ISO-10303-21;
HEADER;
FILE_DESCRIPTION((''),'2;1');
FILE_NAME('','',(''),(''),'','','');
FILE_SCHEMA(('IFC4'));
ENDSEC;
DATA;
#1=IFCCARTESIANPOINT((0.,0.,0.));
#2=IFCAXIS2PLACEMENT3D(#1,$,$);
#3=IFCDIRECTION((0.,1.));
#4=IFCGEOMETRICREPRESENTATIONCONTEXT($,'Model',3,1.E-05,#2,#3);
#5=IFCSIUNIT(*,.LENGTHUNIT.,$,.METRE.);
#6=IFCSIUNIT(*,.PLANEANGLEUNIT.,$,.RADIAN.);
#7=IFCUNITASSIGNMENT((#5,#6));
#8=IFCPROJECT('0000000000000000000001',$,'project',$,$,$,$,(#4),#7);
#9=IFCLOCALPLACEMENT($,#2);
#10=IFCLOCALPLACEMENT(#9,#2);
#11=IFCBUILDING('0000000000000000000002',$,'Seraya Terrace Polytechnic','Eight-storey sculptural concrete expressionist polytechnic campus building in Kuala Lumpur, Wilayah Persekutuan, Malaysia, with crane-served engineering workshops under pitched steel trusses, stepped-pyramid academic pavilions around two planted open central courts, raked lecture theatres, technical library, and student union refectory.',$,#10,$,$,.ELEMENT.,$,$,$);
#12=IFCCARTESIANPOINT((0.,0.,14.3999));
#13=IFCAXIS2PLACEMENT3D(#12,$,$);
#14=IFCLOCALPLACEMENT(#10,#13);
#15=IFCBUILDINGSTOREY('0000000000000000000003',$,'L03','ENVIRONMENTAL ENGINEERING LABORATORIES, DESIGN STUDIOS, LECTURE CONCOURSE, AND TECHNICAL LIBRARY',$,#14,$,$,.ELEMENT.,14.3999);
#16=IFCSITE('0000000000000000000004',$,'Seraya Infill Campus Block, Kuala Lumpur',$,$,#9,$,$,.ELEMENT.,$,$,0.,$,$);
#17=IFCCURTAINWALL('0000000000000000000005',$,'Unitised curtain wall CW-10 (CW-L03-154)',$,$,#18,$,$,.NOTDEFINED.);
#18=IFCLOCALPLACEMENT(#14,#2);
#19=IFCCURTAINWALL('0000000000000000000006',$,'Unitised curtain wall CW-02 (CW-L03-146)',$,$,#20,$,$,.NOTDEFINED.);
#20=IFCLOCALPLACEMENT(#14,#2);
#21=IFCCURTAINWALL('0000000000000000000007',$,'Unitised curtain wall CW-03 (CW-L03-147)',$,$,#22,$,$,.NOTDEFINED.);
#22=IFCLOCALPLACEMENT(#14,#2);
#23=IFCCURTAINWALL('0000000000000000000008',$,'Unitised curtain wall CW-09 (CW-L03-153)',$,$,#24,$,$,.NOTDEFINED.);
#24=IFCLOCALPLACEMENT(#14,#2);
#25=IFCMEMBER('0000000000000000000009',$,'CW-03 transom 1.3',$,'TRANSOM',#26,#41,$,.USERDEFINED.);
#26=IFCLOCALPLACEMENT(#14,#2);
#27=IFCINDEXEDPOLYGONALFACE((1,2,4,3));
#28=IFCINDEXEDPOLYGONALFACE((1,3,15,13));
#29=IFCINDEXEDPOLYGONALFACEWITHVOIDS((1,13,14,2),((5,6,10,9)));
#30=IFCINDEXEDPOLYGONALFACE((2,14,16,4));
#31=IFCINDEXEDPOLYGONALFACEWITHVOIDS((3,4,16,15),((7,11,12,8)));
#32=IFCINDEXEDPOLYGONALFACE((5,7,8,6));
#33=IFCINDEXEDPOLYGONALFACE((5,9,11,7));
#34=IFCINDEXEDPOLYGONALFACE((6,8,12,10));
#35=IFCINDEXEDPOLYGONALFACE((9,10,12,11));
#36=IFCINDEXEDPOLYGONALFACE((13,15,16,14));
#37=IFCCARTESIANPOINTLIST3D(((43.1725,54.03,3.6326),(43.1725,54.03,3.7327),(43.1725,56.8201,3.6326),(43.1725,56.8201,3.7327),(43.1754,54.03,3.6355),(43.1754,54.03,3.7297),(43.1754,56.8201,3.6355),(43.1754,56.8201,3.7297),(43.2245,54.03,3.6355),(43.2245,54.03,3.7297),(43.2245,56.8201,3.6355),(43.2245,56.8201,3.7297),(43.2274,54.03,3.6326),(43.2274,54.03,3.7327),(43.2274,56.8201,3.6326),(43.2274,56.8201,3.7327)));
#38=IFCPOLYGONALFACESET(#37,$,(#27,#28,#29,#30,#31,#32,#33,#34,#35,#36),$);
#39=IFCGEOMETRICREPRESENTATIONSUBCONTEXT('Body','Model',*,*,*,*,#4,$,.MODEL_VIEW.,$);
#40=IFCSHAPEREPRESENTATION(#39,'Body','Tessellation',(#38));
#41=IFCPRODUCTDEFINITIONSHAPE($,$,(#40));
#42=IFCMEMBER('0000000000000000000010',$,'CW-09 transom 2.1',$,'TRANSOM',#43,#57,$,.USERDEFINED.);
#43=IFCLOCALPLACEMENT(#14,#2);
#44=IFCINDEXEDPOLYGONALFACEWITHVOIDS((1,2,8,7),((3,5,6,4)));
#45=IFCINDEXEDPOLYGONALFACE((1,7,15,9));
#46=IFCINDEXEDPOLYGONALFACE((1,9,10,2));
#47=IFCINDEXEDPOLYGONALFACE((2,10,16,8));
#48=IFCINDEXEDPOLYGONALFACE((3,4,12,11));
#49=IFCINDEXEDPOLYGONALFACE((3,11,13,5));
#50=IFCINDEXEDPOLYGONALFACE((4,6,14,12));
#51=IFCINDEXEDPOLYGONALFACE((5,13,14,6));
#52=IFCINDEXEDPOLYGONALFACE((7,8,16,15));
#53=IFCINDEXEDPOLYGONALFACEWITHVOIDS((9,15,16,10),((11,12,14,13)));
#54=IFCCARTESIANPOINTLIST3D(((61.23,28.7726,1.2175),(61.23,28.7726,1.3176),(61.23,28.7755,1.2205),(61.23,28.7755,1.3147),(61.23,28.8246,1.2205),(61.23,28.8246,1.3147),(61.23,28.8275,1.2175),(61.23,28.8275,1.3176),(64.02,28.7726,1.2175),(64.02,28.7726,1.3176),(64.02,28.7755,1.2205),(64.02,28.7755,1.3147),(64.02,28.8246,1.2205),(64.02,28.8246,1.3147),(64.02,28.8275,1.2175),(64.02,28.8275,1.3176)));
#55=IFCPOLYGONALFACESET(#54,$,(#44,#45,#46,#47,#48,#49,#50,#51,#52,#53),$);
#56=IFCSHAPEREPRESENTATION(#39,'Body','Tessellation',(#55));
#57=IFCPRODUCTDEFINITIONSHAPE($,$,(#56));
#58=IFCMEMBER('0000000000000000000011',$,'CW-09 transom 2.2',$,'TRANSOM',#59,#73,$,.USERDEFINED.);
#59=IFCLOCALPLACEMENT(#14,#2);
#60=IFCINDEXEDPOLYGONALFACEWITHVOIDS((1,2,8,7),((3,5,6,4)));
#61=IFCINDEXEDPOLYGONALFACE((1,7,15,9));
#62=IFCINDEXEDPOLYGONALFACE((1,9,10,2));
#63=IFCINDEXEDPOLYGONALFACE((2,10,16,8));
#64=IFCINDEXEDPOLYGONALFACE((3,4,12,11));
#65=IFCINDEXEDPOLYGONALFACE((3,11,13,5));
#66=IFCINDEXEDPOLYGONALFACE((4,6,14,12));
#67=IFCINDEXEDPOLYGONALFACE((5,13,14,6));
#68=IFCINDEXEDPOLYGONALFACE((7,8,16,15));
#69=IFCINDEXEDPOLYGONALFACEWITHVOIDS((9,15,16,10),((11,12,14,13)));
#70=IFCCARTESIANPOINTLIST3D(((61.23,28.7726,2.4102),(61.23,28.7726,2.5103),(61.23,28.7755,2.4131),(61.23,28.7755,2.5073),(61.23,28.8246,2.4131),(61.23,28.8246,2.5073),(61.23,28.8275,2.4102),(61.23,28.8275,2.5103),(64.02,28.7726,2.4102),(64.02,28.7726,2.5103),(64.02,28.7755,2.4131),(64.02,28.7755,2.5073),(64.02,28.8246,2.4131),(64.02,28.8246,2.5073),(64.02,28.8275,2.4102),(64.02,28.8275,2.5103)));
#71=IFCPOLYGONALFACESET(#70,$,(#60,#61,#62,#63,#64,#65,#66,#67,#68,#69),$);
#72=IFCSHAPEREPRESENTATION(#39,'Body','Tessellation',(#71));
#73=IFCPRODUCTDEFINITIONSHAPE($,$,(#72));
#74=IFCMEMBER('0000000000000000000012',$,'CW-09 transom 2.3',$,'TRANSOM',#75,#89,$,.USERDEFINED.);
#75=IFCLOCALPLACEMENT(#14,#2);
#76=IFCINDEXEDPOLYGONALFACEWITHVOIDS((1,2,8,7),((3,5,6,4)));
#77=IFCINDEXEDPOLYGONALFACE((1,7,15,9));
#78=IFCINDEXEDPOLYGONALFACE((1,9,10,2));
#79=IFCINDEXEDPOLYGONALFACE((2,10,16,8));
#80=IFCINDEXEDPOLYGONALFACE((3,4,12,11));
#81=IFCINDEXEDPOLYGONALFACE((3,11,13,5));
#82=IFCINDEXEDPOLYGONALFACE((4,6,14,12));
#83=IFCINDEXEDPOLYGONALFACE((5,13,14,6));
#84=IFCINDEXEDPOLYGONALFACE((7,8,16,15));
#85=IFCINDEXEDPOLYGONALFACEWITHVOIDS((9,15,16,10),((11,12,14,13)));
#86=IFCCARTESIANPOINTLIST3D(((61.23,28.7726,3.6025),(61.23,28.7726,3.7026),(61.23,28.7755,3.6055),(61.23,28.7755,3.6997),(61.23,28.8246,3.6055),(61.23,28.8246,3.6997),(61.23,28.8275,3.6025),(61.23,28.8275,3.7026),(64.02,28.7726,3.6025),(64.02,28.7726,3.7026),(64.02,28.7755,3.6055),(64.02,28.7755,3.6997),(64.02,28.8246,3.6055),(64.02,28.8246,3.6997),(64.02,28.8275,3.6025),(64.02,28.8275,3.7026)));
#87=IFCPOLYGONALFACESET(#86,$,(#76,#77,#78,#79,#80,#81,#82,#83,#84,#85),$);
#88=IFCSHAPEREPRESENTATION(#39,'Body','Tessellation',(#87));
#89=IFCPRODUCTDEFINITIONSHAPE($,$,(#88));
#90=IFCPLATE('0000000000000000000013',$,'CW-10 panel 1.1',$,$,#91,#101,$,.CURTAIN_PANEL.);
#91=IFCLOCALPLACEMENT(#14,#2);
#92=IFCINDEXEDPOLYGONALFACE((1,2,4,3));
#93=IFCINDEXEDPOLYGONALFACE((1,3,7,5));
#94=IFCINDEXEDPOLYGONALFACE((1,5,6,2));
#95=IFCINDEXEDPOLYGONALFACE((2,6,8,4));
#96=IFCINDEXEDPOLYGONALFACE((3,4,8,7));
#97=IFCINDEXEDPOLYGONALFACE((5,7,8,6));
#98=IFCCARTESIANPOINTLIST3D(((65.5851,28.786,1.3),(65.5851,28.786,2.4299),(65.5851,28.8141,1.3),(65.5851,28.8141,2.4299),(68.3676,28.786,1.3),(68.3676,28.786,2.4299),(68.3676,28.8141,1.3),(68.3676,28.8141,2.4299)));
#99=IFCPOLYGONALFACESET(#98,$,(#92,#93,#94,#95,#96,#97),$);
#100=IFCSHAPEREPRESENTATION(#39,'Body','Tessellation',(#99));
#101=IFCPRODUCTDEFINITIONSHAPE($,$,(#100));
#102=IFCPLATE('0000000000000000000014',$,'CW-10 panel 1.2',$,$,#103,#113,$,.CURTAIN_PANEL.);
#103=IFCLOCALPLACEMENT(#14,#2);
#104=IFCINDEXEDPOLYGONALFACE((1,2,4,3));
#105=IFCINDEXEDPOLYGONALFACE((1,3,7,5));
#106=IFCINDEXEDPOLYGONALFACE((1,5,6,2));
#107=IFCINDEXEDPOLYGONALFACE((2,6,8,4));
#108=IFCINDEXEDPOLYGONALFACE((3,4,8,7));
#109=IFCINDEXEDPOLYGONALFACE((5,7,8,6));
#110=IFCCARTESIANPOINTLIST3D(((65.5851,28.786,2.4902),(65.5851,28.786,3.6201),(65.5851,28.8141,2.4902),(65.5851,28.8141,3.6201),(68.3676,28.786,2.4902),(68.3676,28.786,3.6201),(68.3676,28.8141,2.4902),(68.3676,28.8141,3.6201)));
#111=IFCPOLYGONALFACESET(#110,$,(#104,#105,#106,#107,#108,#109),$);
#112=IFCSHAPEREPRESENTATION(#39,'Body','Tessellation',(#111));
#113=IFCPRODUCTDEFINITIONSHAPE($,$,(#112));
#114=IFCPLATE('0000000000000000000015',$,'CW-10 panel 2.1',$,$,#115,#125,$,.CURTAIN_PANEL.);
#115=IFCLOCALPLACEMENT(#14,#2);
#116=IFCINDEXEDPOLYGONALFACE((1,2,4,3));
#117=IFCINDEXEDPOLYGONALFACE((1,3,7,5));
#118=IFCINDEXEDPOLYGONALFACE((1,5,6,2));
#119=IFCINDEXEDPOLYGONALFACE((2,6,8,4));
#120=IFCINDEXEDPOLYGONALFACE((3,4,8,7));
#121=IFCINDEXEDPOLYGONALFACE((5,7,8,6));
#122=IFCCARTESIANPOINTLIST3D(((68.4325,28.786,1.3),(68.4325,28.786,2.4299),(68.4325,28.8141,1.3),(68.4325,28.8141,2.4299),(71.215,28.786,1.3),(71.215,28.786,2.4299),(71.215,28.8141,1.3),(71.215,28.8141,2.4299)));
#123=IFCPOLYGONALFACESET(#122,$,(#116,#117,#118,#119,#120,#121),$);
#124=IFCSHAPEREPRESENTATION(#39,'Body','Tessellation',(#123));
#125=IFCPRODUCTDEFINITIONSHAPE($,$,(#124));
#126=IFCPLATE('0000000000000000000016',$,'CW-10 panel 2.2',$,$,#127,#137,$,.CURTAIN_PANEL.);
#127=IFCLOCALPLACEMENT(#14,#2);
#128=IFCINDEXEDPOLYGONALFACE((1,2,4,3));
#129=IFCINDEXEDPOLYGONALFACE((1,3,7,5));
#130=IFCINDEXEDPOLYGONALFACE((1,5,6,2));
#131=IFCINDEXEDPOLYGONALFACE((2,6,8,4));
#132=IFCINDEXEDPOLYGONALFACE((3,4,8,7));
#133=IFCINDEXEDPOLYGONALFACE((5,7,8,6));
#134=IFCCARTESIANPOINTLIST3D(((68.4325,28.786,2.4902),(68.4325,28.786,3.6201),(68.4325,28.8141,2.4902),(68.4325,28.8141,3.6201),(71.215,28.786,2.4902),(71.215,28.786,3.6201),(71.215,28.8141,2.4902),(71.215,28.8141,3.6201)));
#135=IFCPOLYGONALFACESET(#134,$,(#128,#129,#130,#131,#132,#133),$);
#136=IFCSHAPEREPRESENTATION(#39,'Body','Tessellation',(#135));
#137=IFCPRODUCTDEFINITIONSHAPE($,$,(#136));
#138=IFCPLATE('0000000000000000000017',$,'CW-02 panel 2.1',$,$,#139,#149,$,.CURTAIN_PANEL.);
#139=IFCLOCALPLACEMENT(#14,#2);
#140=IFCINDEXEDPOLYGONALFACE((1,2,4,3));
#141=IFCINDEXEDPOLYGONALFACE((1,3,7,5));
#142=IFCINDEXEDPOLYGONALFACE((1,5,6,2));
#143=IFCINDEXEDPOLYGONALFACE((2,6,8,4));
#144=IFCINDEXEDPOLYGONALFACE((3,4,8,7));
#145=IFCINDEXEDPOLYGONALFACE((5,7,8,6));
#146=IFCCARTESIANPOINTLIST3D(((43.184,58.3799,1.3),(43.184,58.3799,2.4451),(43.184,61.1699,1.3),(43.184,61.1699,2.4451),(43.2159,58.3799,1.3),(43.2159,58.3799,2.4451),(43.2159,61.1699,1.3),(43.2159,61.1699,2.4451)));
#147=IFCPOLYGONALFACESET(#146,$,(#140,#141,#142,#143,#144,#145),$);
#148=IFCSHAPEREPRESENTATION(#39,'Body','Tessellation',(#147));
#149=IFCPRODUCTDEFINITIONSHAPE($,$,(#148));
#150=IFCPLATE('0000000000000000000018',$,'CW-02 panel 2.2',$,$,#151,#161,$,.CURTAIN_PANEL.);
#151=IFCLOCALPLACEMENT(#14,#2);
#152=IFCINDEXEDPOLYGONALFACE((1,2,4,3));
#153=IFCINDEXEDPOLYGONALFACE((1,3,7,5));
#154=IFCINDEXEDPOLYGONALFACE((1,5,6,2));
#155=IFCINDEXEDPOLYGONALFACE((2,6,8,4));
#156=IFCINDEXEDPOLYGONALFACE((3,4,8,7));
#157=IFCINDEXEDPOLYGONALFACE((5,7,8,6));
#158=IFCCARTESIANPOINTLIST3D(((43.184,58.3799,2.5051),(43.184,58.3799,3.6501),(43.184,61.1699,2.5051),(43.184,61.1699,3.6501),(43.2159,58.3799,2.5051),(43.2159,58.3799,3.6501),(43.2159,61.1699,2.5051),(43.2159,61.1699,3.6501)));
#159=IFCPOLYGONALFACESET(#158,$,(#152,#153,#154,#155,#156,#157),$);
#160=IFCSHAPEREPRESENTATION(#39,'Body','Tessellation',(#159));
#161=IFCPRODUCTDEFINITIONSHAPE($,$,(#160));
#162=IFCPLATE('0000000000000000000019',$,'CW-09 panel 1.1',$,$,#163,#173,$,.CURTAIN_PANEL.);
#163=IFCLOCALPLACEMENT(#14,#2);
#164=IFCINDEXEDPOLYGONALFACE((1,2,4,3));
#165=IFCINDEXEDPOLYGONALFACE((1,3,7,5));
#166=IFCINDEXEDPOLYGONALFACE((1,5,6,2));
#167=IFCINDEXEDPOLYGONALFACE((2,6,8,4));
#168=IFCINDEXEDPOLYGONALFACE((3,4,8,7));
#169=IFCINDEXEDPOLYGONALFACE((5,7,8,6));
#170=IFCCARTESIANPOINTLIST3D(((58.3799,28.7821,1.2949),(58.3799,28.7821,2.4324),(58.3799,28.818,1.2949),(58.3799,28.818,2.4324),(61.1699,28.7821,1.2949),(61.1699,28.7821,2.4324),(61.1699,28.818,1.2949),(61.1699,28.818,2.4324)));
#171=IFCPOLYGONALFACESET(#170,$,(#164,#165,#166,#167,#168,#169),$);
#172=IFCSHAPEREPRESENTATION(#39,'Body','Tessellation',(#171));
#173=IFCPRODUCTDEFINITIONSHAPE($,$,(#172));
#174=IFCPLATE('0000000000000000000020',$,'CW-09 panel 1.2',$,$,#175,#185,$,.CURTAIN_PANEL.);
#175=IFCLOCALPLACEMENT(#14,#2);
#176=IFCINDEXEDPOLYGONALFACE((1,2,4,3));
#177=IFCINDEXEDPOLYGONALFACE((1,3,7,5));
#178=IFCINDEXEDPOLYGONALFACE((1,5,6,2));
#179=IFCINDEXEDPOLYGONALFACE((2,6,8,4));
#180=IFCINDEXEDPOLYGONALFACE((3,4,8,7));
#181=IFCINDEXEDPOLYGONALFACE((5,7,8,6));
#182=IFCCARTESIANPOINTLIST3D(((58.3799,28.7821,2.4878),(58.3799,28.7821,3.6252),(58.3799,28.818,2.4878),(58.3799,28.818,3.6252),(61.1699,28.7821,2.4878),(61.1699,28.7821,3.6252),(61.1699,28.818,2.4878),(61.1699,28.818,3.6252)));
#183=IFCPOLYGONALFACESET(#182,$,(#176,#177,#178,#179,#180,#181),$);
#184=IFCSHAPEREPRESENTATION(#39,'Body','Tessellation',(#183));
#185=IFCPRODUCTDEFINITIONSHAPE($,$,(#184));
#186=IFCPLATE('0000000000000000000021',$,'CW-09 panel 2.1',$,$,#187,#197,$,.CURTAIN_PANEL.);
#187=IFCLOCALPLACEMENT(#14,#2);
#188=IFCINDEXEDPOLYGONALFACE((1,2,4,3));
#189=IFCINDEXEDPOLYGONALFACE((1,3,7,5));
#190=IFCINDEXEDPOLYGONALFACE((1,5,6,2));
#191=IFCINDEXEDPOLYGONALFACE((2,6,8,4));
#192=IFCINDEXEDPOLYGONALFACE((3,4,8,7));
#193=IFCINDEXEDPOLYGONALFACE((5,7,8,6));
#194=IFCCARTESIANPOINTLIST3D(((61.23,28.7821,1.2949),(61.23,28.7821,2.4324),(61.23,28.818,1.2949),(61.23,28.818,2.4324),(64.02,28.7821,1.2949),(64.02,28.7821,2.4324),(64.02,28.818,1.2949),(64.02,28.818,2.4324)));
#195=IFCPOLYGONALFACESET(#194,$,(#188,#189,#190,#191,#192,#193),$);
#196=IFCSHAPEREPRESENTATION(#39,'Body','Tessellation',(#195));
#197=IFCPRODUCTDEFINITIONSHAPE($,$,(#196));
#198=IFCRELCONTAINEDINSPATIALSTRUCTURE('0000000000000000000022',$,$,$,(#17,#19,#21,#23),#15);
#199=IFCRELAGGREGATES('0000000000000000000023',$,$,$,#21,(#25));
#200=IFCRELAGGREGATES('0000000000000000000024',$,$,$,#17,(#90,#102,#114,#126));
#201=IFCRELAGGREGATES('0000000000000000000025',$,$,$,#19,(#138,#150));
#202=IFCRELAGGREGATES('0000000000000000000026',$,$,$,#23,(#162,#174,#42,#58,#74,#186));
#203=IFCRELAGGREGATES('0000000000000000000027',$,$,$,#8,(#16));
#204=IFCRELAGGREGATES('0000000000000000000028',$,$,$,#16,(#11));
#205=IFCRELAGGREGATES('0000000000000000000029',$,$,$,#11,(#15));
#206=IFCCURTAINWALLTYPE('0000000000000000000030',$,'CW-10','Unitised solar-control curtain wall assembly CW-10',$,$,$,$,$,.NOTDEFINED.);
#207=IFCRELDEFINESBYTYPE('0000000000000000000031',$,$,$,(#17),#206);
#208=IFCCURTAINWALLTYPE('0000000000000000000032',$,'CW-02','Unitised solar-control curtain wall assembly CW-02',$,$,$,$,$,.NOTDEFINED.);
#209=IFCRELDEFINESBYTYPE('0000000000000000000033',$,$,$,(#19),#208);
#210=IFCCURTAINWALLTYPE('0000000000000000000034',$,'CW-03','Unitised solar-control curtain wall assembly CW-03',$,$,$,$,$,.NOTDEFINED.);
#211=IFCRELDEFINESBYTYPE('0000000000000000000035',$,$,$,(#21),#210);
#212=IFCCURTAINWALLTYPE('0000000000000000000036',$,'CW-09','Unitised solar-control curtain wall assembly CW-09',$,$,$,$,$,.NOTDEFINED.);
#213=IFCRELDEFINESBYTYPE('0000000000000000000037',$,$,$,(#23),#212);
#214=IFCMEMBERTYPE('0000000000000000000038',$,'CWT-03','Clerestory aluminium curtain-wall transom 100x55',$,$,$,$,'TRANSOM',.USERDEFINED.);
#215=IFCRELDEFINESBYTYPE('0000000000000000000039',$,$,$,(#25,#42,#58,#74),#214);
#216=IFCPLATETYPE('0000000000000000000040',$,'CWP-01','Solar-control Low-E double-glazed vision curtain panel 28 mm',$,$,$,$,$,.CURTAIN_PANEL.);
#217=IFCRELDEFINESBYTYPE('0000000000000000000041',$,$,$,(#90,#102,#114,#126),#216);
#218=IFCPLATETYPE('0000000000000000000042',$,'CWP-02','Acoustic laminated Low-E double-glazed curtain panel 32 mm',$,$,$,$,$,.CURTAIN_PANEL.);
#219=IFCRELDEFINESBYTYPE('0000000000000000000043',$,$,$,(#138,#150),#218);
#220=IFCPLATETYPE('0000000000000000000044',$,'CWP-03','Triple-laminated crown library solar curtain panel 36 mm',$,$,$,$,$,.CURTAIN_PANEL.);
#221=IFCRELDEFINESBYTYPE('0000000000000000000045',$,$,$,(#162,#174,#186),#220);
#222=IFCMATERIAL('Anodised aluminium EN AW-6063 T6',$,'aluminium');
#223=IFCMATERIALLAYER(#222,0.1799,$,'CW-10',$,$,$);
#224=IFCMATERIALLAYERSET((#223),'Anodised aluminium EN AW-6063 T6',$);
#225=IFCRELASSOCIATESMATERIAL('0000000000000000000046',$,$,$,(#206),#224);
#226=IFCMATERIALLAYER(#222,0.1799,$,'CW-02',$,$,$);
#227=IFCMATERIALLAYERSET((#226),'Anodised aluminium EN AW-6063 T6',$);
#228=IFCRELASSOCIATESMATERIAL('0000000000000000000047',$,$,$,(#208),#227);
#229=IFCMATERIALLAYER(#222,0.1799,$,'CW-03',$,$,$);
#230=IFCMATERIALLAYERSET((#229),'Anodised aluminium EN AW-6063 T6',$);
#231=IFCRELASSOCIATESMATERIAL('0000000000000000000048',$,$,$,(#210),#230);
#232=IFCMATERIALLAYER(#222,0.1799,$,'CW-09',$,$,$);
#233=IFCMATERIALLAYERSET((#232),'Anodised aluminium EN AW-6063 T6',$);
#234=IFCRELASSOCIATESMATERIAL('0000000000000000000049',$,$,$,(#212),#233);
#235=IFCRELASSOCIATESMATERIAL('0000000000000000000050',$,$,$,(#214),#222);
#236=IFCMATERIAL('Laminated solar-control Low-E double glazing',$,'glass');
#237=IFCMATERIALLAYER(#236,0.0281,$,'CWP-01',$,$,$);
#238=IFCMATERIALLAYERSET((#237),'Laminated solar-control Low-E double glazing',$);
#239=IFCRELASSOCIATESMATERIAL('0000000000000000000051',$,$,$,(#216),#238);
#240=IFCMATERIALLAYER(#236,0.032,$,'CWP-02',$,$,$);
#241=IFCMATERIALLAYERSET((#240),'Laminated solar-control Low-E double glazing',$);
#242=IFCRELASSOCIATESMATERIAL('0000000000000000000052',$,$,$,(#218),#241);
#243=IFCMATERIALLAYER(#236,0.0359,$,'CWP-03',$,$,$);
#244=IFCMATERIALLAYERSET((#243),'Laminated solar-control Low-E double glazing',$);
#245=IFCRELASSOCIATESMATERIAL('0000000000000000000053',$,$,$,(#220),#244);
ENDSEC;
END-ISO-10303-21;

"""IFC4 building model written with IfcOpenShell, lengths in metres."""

from ifc_helpers import new_model, si_unit, direction, frame, origin, origin_2d, place, context, subcontext, project, spatial, rectangle, hollow_rectangle, extrude, material, layer, layer_set, material_profile, profile_set, type_object, element, aggregate, save


model = new_model("IFC4")

# Units and contexts
model_context = context("Model", 3, precision=1e-05, world=origin(), true_north=direction((0.0, 1.0)))
body_context = subcontext(model_context, "Body", "Model", "MODEL_VIEW")
ifc_project = project(units=[si_unit("LENGTHUNIT", "METRE"), si_unit("PLANEANGLEUNIT", "RADIAN")], contexts=[model_context])

# Site, building, storey
site_placement = place(None, origin())
site = spatial("IfcSite", under=ifc_project, at=site_placement, Name="Seraya Infill Campus Block, Kuala Lumpur", CompositionType="ELEMENT", RefElevation=0.0)
building_placement = place(site_placement, origin())
building = spatial("IfcBuilding", under=site, at=building_placement, Name="Seraya Terrace Polytechnic", Description="Eight-storey sculptural concrete expressionist polytechnic campus building in Kuala Lumpur, Wilayah Persekutuan, Malaysia, with crane-served engineering workshops under pitched steel trusses, stepped-pyramid academic pavilions around two planted open central courts, raked lecture theatres, technical library, and student union refectory.", CompositionType="ELEMENT")
storey_placement = place(building_placement, frame((0.0, 0.0, 14.3999)))
storey = spatial("IfcBuildingStorey", under=building, at=storey_placement, Name="L03", Description="ENVIRONMENTAL ENGINEERING LABORATORIES, DESIGN STUDIOS, LECTURE CONCOURSE, AND TECHNICAL LIBRARY", CompositionType="ELEMENT", Elevation=14.3999)

# Curtain wall
ifc_material_1 = material(Name="Anodised aluminium EN AW-6063 T6", Category="aluminium")
ifc_layer_1 = layer(ifc_material_1, 0.1799, Name="CW-10")
ifc_layer_set_1 = layer_set([ifc_layer_1], Name="Anodised aluminium EN AW-6063 T6")
curtain_wall_type_1 = type_object("IfcCurtainWallType", Name="CW-10", Description="Unitised solar-control curtain wall assembly CW-10", PredefinedType="NOTDEFINED", material=ifc_layer_set_1)
curtain_wall_1_placement = place(storey_placement, origin())
curtain_wall_1 = element("IfcCurtainWall", 1, at=curtain_wall_1_placement, inside=storey, type_object=curtain_wall_type_1, Name="Unitised curtain wall CW-10 (CW-L03-154)", PredefinedType="NOTDEFINED")

# Curtain walls
ifc_layer_2 = layer(ifc_material_1, 0.1799, Name="CW-02")
ifc_layer_set_2 = layer_set([ifc_layer_2], Name="Anodised aluminium EN AW-6063 T6")
curtain_wall_type_2 = type_object("IfcCurtainWallType", Name="CW-02", Description="Unitised solar-control curtain wall assembly CW-02", PredefinedType="NOTDEFINED", material=ifc_layer_set_2)
curtain_wall_2_placement = place(storey_placement, origin())
curtain_wall_2 = element("IfcCurtainWall", 2, at=curtain_wall_2_placement, inside=storey, type_object=curtain_wall_type_2, Name="Unitised curtain wall CW-02 (CW-L03-146)", PredefinedType="NOTDEFINED")
ifc_layer_3 = layer(ifc_material_1, 0.1799, Name="CW-03")
ifc_layer_set_3 = layer_set([ifc_layer_3], Name="Anodised aluminium EN AW-6063 T6")
curtain_wall_type_3 = type_object("IfcCurtainWallType", Name="CW-03", Description="Unitised solar-control curtain wall assembly CW-03", PredefinedType="NOTDEFINED", material=ifc_layer_set_3)
curtain_wall_3_placement = place(storey_placement, origin())
curtain_wall_3 = element("IfcCurtainWall", 3, at=curtain_wall_3_placement, inside=storey, type_object=curtain_wall_type_3, Name="Unitised curtain wall CW-03 (CW-L03-147)", PredefinedType="NOTDEFINED")

# Curtain wall
ifc_layer_4 = layer(ifc_material_1, 0.1799, Name="CW-09")
ifc_layer_set_4 = layer_set([ifc_layer_4], Name="Anodised aluminium EN AW-6063 T6")
curtain_wall_type_4 = type_object("IfcCurtainWallType", Name="CW-09", Description="Unitised solar-control curtain wall assembly CW-09", PredefinedType="NOTDEFINED", material=ifc_layer_set_4)
curtain_wall_4_placement = place(storey_placement, origin())
curtain_wall_4 = element("IfcCurtainWall", 4, at=curtain_wall_4_placement, inside=storey, type_object=curtain_wall_type_4, Name="Unitised curtain wall CW-09 (CW-L03-153)", PredefinedType="NOTDEFINED")

# Members
ifc_material_profile_1 = material_profile(ifc_material_1, hollow_rectangle(XDim=0.0549, YDim=0.1001, WallThickness=0.0029, at=origin_2d()), Name="RHS 100x55x3.0")
ifc_profile_set_1 = profile_set([ifc_material_profile_1], Name="Anodised aluminium EN AW-6063 T6")
member_type_1 = type_object("IfcMemberType", Name="CWT-03", Description="Clerestory aluminium curtain-wall transom 100x55", ElementType="TRANSOM", PredefinedType="USERDEFINED", material=ifc_profile_set_1)
member_1_placement = place(storey_placement, frame((43.2, 56.8201, 3.6826), z_axis=(0.0, -1.0, 0.0), x_axis=(1.0, 0.0, 0.0)))
member_1 = element("IfcMember", 5, at=member_1_placement, type_object=member_type_1, Name="CW-03 transom 1.3", ObjectType="TRANSOM", PredefinedType="USERDEFINED", context=body_context, shape_type="SweptSolid", body=[
    extrude(hollow_rectangle(XDim=0.0549, YDim=0.1001, WallThickness=0.0029, at=origin_2d()), origin(), (0.0, 0.0, 1.0), 2.79),
])
aggregate(curtain_wall_3, [member_1])
member_2_placement = place(storey_placement, frame((61.23, 28.8, 1.2676), z_axis=(1.0, 0.0, 0.0), x_axis=(0.0, 1.0, 0.0)))
member_2 = element("IfcMember", 6, at=member_2_placement, type_object=member_type_1, Name="CW-09 transom 2.1", ObjectType="TRANSOM", PredefinedType="USERDEFINED", context=body_context, shape_type="SweptSolid", body=[
    extrude(hollow_rectangle(XDim=0.0549, YDim=0.1001, WallThickness=0.0029, at=origin_2d()), origin(), (0.0, 0.0, 1.0), 2.79),
])
member_3_placement = place(storey_placement, frame((61.23, 28.8, 2.4602), z_axis=(1.0, 0.0, 0.0), x_axis=(0.0, 1.0, 0.0)))
member_3 = element("IfcMember", 7, at=member_3_placement, type_object=member_type_1, Name="CW-09 transom 2.2", ObjectType="TRANSOM", PredefinedType="USERDEFINED", context=body_context, shape_type="SweptSolid", body=[
    extrude(hollow_rectangle(XDim=0.0549, YDim=0.1001, WallThickness=0.0029, at=origin_2d()), origin(), (0.0, 0.0, 1.0), 2.79),
])
member_4_placement = place(storey_placement, frame((61.23, 28.8, 3.6526), z_axis=(1.0, 0.0, 0.0), x_axis=(0.0, 1.0, 0.0)))
member_4 = element("IfcMember", 8, at=member_4_placement, type_object=member_type_1, Name="CW-09 transom 2.3", ObjectType="TRANSOM", PredefinedType="USERDEFINED", context=body_context, shape_type="SweptSolid", body=[
    extrude(hollow_rectangle(XDim=0.0549, YDim=0.1001, WallThickness=0.0029, at=origin_2d()), origin(), (0.0, 0.0, 1.0), 2.79),
])

# Plates
ifc_material_2 = material(Name="Laminated solar-control Low-E double glazing", Category="glass")
ifc_layer_5 = layer(ifc_material_2, 0.0281, Name="CWP-01")
ifc_layer_set_5 = layer_set([ifc_layer_5], Name="Laminated solar-control Low-E double glazing")
plate_type_1 = type_object("IfcPlateType", Name="CWP-01", Description="Solar-control Low-E double-glazed vision curtain panel 28 mm", PredefinedType="CURTAIN_PANEL", material=ifc_layer_set_5)
plate_1_placement = place(storey_placement, frame((66.9763, 28.8, 1.3), z_axis=(0.0, 0.0, 1.0), x_axis=(1.0, 0.0, 0.0)))
plate_1 = element("IfcPlate", 9, at=plate_1_placement, type_object=plate_type_1, Name="CW-10 panel 1.1", PredefinedType="CURTAIN_PANEL", context=body_context, shape_type="SweptSolid", body=[
    extrude(rectangle(XDim=2.7825, YDim=0.0281, at=origin_2d()), origin(), (0.0, 0.0, 1.0), 1.1299),
])
plate_2_placement = place(storey_placement, frame((66.9763, 28.8, 2.4902), z_axis=(0.0, 0.0, 1.0), x_axis=(1.0, 0.0, 0.0)))
plate_2 = element("IfcPlate", 10, at=plate_2_placement, type_object=plate_type_1, Name="CW-10 panel 1.2", PredefinedType="CURTAIN_PANEL", context=body_context, shape_type="SweptSolid", body=[
    extrude(rectangle(XDim=2.7825, YDim=0.0281, at=origin_2d()), origin(), (0.0, 0.0, 1.0), 1.1299),
])
plate_3_placement = place(storey_placement, frame((69.8237, 28.8, 1.3), z_axis=(0.0, 0.0, 1.0), x_axis=(1.0, 0.0, 0.0)))
plate_3 = element("IfcPlate", 11, at=plate_3_placement, type_object=plate_type_1, Name="CW-10 panel 2.1", PredefinedType="CURTAIN_PANEL", context=body_context, shape_type="SweptSolid", body=[
    extrude(rectangle(XDim=2.7825, YDim=0.0281, at=origin_2d()), origin(), (0.0, 0.0, 1.0), 1.1299),
])
plate_4_placement = place(storey_placement, frame((69.8237, 28.8, 2.4902), z_axis=(0.0, 0.0, 1.0), x_axis=(1.0, 0.0, 0.0)))
plate_4 = element("IfcPlate", 12, at=plate_4_placement, type_object=plate_type_1, Name="CW-10 panel 2.2", PredefinedType="CURTAIN_PANEL", context=body_context, shape_type="SweptSolid", body=[
    extrude(rectangle(XDim=2.7825, YDim=0.0281, at=origin_2d()), origin(), (0.0, 0.0, 1.0), 1.1299),
])
aggregate(curtain_wall_1, [plate_1, plate_2, plate_3, plate_4])
ifc_layer_6 = layer(ifc_material_2, 0.032, Name="CWP-02")
ifc_layer_set_6 = layer_set([ifc_layer_6], Name="Laminated solar-control Low-E double glazing")
plate_type_2 = type_object("IfcPlateType", Name="CWP-02", Description="Acoustic laminated Low-E double-glazed curtain panel 32 mm", PredefinedType="CURTAIN_PANEL", material=ifc_layer_set_6)
plate_5_placement = place(storey_placement, frame((43.2, 59.7749, 1.3), z_axis=(0.0, 0.0, 1.0), x_axis=(0.0, -1.0, 0.0)))
plate_5 = element("IfcPlate", 13, at=plate_5_placement, type_object=plate_type_2, Name="CW-02 panel 2.1", PredefinedType="CURTAIN_PANEL", context=body_context, shape_type="SweptSolid", body=[
    extrude(rectangle(XDim=2.79, YDim=0.032, at=origin_2d()), origin(), (0.0, 0.0, 1.0), 1.145),
])
plate_6_placement = place(storey_placement, frame((43.2, 59.7749, 2.5051), z_axis=(0.0, 0.0, 1.0), x_axis=(0.0, -1.0, 0.0)))
plate_6 = element("IfcPlate", 14, at=plate_6_placement, type_object=plate_type_2, Name="CW-02 panel 2.2", PredefinedType="CURTAIN_PANEL", context=body_context, shape_type="SweptSolid", body=[
    extrude(rectangle(XDim=2.79, YDim=0.032, at=origin_2d()), origin(), (0.0, 0.0, 1.0), 1.145),
])
aggregate(curtain_wall_2, [plate_5, plate_6])
ifc_layer_7 = layer(ifc_material_2, 0.0359, Name="CWP-03")
ifc_layer_set_7 = layer_set([ifc_layer_7], Name="Laminated solar-control Low-E double glazing")
plate_type_3 = type_object("IfcPlateType", Name="CWP-03", Description="Triple-laminated crown library solar curtain panel 36 mm", PredefinedType="CURTAIN_PANEL", material=ifc_layer_set_7)
plate_7_placement = place(storey_placement, frame((59.7749, 28.8, 1.2949), z_axis=(0.0, 0.0, 1.0), x_axis=(1.0, 0.0, 0.0)))
plate_7 = element("IfcPlate", 15, at=plate_7_placement, type_object=plate_type_3, Name="CW-09 panel 1.1", PredefinedType="CURTAIN_PANEL", context=body_context, shape_type="SweptSolid", body=[
    extrude(rectangle(XDim=2.79, YDim=0.0359, at=origin_2d()), origin(), (0.0, 0.0, 1.0), 1.1375),
])
plate_8_placement = place(storey_placement, frame((59.7749, 28.8, 2.4878), z_axis=(0.0, 0.0, 1.0), x_axis=(1.0, 0.0, 0.0)))
plate_8 = element("IfcPlate", 16, at=plate_8_placement, type_object=plate_type_3, Name="CW-09 panel 1.2", PredefinedType="CURTAIN_PANEL", context=body_context, shape_type="SweptSolid", body=[
    extrude(rectangle(XDim=2.79, YDim=0.0359, at=origin_2d()), origin(), (0.0, 0.0, 1.0), 1.1375),
])
plate_9_placement = place(storey_placement, frame((62.625, 28.8, 1.2949), z_axis=(0.0, 0.0, 1.0), x_axis=(1.0, 0.0, 0.0)))
plate_9 = element("IfcPlate", 17, at=plate_9_placement, type_object=plate_type_3, Name="CW-09 panel 2.1", PredefinedType="CURTAIN_PANEL", context=body_context, shape_type="SweptSolid", body=[
    extrude(rectangle(XDim=2.79, YDim=0.0359, at=origin_2d()), origin(), (0.0, 0.0, 1.0), 1.1375),
])
aggregate(curtain_wall_4, [plate_7, plate_8, member_2, member_3, member_4, plate_9])

save(model, "model.ifc")
